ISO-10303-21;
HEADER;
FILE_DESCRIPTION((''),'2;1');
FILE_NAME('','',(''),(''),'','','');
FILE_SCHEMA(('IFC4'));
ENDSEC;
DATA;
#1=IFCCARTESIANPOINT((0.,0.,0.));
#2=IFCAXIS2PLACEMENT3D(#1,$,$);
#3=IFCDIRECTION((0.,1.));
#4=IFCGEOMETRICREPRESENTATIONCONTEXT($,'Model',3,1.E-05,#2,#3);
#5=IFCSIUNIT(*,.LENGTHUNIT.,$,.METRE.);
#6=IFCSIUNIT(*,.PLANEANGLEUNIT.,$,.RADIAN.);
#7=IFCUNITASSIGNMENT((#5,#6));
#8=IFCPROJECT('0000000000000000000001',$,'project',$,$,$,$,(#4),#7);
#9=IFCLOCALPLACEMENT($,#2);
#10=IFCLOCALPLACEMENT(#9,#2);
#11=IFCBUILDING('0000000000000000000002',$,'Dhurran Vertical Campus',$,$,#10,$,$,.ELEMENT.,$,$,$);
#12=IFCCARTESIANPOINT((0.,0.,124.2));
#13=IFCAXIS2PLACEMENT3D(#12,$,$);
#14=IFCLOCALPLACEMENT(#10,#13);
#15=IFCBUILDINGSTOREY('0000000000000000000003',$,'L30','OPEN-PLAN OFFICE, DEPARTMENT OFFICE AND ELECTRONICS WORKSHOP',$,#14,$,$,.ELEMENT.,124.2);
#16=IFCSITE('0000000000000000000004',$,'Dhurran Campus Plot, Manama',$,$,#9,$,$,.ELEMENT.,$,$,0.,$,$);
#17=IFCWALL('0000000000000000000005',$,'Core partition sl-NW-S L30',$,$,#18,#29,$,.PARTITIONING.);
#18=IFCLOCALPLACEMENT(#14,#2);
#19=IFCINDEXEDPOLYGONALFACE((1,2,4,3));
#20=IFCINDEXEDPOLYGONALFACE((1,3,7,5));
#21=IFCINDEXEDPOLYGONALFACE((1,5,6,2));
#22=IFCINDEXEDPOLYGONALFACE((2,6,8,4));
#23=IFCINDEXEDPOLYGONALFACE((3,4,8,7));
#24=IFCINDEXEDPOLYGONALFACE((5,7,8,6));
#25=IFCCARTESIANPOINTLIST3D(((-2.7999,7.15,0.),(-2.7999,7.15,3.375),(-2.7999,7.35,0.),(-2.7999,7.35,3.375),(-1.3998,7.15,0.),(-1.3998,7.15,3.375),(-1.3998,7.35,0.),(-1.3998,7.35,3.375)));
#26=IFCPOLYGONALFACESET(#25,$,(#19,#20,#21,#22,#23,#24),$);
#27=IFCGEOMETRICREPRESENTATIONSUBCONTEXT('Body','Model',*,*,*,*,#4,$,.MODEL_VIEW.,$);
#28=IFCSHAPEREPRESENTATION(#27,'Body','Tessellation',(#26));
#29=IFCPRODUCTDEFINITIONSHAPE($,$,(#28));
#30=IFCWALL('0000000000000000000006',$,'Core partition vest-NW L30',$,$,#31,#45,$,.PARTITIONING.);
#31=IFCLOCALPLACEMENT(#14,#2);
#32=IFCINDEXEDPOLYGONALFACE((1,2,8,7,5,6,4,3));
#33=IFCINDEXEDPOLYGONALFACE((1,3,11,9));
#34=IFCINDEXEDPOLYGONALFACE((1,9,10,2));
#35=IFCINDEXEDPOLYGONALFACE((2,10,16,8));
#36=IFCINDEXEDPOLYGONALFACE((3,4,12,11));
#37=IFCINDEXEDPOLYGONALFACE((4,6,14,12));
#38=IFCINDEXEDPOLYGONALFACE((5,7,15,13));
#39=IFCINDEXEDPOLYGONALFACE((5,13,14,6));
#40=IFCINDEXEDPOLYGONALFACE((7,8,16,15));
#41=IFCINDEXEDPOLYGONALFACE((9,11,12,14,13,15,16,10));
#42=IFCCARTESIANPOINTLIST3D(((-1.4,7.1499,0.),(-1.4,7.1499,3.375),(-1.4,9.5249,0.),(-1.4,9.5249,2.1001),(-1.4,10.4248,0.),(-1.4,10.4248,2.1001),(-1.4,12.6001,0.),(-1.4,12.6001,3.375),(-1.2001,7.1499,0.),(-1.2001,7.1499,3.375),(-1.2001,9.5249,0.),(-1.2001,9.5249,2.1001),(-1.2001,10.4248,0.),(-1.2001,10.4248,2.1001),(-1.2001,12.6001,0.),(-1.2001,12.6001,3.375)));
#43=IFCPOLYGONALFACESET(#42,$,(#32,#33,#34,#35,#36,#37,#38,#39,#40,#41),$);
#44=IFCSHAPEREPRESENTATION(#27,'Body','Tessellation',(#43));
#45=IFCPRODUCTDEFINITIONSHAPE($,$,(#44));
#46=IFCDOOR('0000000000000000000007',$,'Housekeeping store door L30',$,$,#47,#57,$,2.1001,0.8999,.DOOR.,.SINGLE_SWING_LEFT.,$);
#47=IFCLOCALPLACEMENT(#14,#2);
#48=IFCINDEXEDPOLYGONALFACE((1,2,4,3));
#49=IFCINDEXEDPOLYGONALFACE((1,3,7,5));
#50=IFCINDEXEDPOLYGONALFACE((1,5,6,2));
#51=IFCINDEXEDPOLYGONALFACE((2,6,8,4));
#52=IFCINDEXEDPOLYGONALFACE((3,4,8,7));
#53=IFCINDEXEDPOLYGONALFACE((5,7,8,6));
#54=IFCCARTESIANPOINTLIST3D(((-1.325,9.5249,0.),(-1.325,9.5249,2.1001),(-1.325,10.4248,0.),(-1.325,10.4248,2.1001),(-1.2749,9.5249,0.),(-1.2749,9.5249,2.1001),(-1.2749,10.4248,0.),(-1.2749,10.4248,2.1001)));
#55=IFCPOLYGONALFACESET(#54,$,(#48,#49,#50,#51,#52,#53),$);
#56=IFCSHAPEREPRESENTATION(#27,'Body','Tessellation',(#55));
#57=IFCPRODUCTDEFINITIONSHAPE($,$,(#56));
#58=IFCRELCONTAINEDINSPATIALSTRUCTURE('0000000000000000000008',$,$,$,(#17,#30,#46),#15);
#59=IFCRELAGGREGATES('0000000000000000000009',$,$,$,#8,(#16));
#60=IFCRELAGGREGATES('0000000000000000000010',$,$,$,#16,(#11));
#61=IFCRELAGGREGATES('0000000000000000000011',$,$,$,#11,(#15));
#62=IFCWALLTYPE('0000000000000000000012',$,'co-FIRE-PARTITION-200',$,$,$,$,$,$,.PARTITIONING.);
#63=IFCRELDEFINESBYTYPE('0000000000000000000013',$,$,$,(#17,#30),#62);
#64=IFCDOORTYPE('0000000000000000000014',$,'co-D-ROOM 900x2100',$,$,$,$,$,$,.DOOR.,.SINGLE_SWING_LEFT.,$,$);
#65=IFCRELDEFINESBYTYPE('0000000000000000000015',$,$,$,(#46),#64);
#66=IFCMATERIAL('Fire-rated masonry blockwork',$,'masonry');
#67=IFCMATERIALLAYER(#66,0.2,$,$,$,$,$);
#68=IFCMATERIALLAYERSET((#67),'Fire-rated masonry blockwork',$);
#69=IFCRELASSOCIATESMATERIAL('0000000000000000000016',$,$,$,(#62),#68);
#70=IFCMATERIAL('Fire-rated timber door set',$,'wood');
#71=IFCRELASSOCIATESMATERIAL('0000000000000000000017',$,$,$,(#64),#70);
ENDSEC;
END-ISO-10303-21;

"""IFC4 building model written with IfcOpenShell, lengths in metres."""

from ifc_helpers import new_model, si_unit, direction, frame, frame_2d, origin, place, context, subcontext, project, spatial, rectangle, extrude, material, layer, layer_set, type_object, element, fill, save


model = new_model("IFC4")

# Units and contexts
model_context = context("Model", 3, precision=1e-05, world=origin(), true_north=direction((0.0, 1.0)))
body_context = subcontext(model_context, "Body", "Model", "MODEL_VIEW")
ifc_project = project(units=[si_unit("LENGTHUNIT", "METRE"), si_unit("PLANEANGLEUNIT", "RADIAN")], contexts=[model_context])

# Site, building, storey
site_placement = place(None, origin())
site = spatial("IfcSite", under=ifc_project, at=site_placement, Name="Dhurran Campus Plot, Manama", CompositionType="ELEMENT", RefElevation=0.0)
building_placement = place(site_placement, origin())
building = spatial("IfcBuilding", under=site, at=building_placement, Name="Dhurran Vertical Campus", CompositionType="ELEMENT")
storey_placement = place(building_placement, frame((0.0, 0.0, 124.2)))
storey = spatial("IfcBuildingStorey", under=building, at=storey_placement, Name="L30", Description="OPEN-PLAN OFFICE, DEPARTMENT OFFICE AND ELECTRONICS WORKSHOP", CompositionType="ELEMENT", Elevation=124.2)

# Wall
ifc_material_1 = material(Name="Fire-rated masonry blockwork", Category="masonry")
ifc_layer_1 = layer(ifc_material_1, 0.2)
ifc_layer_set_1 = layer_set([ifc_layer_1], Name="Fire-rated masonry blockwork")
wall_type_1 = type_object("IfcWallType", Name="co-FIRE-PARTITION-200", PredefinedType="PARTITIONING", material=ifc_layer_set_1)
wall_1_placement = place(storey_placement, frame((-2.8, 7.25, 0.0), z_axis=(0.0, 0.0, 1.0), x_axis=(1.0, 0.0, 0.0)))
element("IfcWall", 1, at=wall_1_placement, inside=storey, type_object=wall_type_1, Name="Core partition sl-NW-S L30", PredefinedType="PARTITIONING", context=body_context, shape_type="SweptSolid", body=[
    extrude(rectangle(XDim=1.4001, YDim=0.2, at=frame_2d((0.7002, 0.0))), origin(), (0.0, 0.0, 1.0), 3.375),
])

# Wall, opening, door
wall_2_placement = place(storey_placement, frame((-1.3, 7.1499, 0.0), z_axis=(0.0, 0.0, 1.0), x_axis=(0.0, 1.0, 0.0)))
wall_2 = element("IfcWall", 2, at=wall_2_placement, inside=storey, type_object=wall_type_1, Name="Core partition vest-NW L30", PredefinedType="PARTITIONING", context=body_context, shape_type="SweptSolid", body=[
    extrude(rectangle(XDim=5.4502, YDim=0.2, at=frame_2d((2.7251, 0.0))), origin(), (0.0, 0.0, 1.0), 3.375),
])
opening_1_placement = place(wall_2_placement, frame((2.375, 0.0, 0.0)))
opening_1 = element("IfcOpeningElement", 3, at=opening_1_placement, cuts=wall_2, PredefinedType="OPENING", context=body_context, shape_type="SweptSolid", body=[
    extrude(rectangle(XDim=0.8999, YDim=2.1001, at=frame_2d((0.45, 1.05))), frame((0.0, 0.1099, 0.0), z_axis=(0.0, -1.0, 0.0), x_axis=(1.0, 0.0, 0.0)), (0.0, 0.0, 1.0), 0.22),
])
ifc_material_2 = material(Name="Fire-rated timber door set", Category="wood")
door_type_1 = type_object("IfcDoorType", Name="co-D-ROOM 900x2100", OperationType="SINGLE_SWING_LEFT", PredefinedType="DOOR", material=ifc_material_2)
door_1_placement = place(opening_1_placement, origin())
door_1 = element("IfcDoor", 4, at=door_1_placement, inside=storey, type_object=door_type_1, Name="Housekeeping store door L30", OperationType="SINGLE_SWING_LEFT", OverallHeight=2.1001, OverallWidth=0.8999, PredefinedType="DOOR", context=body_context, shape_type="SweptSolid", body=[
    extrude(rectangle(XDim=0.8999, YDim=2.1001, at=frame_2d((0.45, 1.05))), frame((0.0, 0.0249, 0.0), z_axis=(0.0, -1.0, 0.0), x_axis=(1.0, 0.0, 0.0)), (0.0, 0.0, 1.0), 0.05),
])
fill(opening_1, door_1)

save(model, "model.ifc")
